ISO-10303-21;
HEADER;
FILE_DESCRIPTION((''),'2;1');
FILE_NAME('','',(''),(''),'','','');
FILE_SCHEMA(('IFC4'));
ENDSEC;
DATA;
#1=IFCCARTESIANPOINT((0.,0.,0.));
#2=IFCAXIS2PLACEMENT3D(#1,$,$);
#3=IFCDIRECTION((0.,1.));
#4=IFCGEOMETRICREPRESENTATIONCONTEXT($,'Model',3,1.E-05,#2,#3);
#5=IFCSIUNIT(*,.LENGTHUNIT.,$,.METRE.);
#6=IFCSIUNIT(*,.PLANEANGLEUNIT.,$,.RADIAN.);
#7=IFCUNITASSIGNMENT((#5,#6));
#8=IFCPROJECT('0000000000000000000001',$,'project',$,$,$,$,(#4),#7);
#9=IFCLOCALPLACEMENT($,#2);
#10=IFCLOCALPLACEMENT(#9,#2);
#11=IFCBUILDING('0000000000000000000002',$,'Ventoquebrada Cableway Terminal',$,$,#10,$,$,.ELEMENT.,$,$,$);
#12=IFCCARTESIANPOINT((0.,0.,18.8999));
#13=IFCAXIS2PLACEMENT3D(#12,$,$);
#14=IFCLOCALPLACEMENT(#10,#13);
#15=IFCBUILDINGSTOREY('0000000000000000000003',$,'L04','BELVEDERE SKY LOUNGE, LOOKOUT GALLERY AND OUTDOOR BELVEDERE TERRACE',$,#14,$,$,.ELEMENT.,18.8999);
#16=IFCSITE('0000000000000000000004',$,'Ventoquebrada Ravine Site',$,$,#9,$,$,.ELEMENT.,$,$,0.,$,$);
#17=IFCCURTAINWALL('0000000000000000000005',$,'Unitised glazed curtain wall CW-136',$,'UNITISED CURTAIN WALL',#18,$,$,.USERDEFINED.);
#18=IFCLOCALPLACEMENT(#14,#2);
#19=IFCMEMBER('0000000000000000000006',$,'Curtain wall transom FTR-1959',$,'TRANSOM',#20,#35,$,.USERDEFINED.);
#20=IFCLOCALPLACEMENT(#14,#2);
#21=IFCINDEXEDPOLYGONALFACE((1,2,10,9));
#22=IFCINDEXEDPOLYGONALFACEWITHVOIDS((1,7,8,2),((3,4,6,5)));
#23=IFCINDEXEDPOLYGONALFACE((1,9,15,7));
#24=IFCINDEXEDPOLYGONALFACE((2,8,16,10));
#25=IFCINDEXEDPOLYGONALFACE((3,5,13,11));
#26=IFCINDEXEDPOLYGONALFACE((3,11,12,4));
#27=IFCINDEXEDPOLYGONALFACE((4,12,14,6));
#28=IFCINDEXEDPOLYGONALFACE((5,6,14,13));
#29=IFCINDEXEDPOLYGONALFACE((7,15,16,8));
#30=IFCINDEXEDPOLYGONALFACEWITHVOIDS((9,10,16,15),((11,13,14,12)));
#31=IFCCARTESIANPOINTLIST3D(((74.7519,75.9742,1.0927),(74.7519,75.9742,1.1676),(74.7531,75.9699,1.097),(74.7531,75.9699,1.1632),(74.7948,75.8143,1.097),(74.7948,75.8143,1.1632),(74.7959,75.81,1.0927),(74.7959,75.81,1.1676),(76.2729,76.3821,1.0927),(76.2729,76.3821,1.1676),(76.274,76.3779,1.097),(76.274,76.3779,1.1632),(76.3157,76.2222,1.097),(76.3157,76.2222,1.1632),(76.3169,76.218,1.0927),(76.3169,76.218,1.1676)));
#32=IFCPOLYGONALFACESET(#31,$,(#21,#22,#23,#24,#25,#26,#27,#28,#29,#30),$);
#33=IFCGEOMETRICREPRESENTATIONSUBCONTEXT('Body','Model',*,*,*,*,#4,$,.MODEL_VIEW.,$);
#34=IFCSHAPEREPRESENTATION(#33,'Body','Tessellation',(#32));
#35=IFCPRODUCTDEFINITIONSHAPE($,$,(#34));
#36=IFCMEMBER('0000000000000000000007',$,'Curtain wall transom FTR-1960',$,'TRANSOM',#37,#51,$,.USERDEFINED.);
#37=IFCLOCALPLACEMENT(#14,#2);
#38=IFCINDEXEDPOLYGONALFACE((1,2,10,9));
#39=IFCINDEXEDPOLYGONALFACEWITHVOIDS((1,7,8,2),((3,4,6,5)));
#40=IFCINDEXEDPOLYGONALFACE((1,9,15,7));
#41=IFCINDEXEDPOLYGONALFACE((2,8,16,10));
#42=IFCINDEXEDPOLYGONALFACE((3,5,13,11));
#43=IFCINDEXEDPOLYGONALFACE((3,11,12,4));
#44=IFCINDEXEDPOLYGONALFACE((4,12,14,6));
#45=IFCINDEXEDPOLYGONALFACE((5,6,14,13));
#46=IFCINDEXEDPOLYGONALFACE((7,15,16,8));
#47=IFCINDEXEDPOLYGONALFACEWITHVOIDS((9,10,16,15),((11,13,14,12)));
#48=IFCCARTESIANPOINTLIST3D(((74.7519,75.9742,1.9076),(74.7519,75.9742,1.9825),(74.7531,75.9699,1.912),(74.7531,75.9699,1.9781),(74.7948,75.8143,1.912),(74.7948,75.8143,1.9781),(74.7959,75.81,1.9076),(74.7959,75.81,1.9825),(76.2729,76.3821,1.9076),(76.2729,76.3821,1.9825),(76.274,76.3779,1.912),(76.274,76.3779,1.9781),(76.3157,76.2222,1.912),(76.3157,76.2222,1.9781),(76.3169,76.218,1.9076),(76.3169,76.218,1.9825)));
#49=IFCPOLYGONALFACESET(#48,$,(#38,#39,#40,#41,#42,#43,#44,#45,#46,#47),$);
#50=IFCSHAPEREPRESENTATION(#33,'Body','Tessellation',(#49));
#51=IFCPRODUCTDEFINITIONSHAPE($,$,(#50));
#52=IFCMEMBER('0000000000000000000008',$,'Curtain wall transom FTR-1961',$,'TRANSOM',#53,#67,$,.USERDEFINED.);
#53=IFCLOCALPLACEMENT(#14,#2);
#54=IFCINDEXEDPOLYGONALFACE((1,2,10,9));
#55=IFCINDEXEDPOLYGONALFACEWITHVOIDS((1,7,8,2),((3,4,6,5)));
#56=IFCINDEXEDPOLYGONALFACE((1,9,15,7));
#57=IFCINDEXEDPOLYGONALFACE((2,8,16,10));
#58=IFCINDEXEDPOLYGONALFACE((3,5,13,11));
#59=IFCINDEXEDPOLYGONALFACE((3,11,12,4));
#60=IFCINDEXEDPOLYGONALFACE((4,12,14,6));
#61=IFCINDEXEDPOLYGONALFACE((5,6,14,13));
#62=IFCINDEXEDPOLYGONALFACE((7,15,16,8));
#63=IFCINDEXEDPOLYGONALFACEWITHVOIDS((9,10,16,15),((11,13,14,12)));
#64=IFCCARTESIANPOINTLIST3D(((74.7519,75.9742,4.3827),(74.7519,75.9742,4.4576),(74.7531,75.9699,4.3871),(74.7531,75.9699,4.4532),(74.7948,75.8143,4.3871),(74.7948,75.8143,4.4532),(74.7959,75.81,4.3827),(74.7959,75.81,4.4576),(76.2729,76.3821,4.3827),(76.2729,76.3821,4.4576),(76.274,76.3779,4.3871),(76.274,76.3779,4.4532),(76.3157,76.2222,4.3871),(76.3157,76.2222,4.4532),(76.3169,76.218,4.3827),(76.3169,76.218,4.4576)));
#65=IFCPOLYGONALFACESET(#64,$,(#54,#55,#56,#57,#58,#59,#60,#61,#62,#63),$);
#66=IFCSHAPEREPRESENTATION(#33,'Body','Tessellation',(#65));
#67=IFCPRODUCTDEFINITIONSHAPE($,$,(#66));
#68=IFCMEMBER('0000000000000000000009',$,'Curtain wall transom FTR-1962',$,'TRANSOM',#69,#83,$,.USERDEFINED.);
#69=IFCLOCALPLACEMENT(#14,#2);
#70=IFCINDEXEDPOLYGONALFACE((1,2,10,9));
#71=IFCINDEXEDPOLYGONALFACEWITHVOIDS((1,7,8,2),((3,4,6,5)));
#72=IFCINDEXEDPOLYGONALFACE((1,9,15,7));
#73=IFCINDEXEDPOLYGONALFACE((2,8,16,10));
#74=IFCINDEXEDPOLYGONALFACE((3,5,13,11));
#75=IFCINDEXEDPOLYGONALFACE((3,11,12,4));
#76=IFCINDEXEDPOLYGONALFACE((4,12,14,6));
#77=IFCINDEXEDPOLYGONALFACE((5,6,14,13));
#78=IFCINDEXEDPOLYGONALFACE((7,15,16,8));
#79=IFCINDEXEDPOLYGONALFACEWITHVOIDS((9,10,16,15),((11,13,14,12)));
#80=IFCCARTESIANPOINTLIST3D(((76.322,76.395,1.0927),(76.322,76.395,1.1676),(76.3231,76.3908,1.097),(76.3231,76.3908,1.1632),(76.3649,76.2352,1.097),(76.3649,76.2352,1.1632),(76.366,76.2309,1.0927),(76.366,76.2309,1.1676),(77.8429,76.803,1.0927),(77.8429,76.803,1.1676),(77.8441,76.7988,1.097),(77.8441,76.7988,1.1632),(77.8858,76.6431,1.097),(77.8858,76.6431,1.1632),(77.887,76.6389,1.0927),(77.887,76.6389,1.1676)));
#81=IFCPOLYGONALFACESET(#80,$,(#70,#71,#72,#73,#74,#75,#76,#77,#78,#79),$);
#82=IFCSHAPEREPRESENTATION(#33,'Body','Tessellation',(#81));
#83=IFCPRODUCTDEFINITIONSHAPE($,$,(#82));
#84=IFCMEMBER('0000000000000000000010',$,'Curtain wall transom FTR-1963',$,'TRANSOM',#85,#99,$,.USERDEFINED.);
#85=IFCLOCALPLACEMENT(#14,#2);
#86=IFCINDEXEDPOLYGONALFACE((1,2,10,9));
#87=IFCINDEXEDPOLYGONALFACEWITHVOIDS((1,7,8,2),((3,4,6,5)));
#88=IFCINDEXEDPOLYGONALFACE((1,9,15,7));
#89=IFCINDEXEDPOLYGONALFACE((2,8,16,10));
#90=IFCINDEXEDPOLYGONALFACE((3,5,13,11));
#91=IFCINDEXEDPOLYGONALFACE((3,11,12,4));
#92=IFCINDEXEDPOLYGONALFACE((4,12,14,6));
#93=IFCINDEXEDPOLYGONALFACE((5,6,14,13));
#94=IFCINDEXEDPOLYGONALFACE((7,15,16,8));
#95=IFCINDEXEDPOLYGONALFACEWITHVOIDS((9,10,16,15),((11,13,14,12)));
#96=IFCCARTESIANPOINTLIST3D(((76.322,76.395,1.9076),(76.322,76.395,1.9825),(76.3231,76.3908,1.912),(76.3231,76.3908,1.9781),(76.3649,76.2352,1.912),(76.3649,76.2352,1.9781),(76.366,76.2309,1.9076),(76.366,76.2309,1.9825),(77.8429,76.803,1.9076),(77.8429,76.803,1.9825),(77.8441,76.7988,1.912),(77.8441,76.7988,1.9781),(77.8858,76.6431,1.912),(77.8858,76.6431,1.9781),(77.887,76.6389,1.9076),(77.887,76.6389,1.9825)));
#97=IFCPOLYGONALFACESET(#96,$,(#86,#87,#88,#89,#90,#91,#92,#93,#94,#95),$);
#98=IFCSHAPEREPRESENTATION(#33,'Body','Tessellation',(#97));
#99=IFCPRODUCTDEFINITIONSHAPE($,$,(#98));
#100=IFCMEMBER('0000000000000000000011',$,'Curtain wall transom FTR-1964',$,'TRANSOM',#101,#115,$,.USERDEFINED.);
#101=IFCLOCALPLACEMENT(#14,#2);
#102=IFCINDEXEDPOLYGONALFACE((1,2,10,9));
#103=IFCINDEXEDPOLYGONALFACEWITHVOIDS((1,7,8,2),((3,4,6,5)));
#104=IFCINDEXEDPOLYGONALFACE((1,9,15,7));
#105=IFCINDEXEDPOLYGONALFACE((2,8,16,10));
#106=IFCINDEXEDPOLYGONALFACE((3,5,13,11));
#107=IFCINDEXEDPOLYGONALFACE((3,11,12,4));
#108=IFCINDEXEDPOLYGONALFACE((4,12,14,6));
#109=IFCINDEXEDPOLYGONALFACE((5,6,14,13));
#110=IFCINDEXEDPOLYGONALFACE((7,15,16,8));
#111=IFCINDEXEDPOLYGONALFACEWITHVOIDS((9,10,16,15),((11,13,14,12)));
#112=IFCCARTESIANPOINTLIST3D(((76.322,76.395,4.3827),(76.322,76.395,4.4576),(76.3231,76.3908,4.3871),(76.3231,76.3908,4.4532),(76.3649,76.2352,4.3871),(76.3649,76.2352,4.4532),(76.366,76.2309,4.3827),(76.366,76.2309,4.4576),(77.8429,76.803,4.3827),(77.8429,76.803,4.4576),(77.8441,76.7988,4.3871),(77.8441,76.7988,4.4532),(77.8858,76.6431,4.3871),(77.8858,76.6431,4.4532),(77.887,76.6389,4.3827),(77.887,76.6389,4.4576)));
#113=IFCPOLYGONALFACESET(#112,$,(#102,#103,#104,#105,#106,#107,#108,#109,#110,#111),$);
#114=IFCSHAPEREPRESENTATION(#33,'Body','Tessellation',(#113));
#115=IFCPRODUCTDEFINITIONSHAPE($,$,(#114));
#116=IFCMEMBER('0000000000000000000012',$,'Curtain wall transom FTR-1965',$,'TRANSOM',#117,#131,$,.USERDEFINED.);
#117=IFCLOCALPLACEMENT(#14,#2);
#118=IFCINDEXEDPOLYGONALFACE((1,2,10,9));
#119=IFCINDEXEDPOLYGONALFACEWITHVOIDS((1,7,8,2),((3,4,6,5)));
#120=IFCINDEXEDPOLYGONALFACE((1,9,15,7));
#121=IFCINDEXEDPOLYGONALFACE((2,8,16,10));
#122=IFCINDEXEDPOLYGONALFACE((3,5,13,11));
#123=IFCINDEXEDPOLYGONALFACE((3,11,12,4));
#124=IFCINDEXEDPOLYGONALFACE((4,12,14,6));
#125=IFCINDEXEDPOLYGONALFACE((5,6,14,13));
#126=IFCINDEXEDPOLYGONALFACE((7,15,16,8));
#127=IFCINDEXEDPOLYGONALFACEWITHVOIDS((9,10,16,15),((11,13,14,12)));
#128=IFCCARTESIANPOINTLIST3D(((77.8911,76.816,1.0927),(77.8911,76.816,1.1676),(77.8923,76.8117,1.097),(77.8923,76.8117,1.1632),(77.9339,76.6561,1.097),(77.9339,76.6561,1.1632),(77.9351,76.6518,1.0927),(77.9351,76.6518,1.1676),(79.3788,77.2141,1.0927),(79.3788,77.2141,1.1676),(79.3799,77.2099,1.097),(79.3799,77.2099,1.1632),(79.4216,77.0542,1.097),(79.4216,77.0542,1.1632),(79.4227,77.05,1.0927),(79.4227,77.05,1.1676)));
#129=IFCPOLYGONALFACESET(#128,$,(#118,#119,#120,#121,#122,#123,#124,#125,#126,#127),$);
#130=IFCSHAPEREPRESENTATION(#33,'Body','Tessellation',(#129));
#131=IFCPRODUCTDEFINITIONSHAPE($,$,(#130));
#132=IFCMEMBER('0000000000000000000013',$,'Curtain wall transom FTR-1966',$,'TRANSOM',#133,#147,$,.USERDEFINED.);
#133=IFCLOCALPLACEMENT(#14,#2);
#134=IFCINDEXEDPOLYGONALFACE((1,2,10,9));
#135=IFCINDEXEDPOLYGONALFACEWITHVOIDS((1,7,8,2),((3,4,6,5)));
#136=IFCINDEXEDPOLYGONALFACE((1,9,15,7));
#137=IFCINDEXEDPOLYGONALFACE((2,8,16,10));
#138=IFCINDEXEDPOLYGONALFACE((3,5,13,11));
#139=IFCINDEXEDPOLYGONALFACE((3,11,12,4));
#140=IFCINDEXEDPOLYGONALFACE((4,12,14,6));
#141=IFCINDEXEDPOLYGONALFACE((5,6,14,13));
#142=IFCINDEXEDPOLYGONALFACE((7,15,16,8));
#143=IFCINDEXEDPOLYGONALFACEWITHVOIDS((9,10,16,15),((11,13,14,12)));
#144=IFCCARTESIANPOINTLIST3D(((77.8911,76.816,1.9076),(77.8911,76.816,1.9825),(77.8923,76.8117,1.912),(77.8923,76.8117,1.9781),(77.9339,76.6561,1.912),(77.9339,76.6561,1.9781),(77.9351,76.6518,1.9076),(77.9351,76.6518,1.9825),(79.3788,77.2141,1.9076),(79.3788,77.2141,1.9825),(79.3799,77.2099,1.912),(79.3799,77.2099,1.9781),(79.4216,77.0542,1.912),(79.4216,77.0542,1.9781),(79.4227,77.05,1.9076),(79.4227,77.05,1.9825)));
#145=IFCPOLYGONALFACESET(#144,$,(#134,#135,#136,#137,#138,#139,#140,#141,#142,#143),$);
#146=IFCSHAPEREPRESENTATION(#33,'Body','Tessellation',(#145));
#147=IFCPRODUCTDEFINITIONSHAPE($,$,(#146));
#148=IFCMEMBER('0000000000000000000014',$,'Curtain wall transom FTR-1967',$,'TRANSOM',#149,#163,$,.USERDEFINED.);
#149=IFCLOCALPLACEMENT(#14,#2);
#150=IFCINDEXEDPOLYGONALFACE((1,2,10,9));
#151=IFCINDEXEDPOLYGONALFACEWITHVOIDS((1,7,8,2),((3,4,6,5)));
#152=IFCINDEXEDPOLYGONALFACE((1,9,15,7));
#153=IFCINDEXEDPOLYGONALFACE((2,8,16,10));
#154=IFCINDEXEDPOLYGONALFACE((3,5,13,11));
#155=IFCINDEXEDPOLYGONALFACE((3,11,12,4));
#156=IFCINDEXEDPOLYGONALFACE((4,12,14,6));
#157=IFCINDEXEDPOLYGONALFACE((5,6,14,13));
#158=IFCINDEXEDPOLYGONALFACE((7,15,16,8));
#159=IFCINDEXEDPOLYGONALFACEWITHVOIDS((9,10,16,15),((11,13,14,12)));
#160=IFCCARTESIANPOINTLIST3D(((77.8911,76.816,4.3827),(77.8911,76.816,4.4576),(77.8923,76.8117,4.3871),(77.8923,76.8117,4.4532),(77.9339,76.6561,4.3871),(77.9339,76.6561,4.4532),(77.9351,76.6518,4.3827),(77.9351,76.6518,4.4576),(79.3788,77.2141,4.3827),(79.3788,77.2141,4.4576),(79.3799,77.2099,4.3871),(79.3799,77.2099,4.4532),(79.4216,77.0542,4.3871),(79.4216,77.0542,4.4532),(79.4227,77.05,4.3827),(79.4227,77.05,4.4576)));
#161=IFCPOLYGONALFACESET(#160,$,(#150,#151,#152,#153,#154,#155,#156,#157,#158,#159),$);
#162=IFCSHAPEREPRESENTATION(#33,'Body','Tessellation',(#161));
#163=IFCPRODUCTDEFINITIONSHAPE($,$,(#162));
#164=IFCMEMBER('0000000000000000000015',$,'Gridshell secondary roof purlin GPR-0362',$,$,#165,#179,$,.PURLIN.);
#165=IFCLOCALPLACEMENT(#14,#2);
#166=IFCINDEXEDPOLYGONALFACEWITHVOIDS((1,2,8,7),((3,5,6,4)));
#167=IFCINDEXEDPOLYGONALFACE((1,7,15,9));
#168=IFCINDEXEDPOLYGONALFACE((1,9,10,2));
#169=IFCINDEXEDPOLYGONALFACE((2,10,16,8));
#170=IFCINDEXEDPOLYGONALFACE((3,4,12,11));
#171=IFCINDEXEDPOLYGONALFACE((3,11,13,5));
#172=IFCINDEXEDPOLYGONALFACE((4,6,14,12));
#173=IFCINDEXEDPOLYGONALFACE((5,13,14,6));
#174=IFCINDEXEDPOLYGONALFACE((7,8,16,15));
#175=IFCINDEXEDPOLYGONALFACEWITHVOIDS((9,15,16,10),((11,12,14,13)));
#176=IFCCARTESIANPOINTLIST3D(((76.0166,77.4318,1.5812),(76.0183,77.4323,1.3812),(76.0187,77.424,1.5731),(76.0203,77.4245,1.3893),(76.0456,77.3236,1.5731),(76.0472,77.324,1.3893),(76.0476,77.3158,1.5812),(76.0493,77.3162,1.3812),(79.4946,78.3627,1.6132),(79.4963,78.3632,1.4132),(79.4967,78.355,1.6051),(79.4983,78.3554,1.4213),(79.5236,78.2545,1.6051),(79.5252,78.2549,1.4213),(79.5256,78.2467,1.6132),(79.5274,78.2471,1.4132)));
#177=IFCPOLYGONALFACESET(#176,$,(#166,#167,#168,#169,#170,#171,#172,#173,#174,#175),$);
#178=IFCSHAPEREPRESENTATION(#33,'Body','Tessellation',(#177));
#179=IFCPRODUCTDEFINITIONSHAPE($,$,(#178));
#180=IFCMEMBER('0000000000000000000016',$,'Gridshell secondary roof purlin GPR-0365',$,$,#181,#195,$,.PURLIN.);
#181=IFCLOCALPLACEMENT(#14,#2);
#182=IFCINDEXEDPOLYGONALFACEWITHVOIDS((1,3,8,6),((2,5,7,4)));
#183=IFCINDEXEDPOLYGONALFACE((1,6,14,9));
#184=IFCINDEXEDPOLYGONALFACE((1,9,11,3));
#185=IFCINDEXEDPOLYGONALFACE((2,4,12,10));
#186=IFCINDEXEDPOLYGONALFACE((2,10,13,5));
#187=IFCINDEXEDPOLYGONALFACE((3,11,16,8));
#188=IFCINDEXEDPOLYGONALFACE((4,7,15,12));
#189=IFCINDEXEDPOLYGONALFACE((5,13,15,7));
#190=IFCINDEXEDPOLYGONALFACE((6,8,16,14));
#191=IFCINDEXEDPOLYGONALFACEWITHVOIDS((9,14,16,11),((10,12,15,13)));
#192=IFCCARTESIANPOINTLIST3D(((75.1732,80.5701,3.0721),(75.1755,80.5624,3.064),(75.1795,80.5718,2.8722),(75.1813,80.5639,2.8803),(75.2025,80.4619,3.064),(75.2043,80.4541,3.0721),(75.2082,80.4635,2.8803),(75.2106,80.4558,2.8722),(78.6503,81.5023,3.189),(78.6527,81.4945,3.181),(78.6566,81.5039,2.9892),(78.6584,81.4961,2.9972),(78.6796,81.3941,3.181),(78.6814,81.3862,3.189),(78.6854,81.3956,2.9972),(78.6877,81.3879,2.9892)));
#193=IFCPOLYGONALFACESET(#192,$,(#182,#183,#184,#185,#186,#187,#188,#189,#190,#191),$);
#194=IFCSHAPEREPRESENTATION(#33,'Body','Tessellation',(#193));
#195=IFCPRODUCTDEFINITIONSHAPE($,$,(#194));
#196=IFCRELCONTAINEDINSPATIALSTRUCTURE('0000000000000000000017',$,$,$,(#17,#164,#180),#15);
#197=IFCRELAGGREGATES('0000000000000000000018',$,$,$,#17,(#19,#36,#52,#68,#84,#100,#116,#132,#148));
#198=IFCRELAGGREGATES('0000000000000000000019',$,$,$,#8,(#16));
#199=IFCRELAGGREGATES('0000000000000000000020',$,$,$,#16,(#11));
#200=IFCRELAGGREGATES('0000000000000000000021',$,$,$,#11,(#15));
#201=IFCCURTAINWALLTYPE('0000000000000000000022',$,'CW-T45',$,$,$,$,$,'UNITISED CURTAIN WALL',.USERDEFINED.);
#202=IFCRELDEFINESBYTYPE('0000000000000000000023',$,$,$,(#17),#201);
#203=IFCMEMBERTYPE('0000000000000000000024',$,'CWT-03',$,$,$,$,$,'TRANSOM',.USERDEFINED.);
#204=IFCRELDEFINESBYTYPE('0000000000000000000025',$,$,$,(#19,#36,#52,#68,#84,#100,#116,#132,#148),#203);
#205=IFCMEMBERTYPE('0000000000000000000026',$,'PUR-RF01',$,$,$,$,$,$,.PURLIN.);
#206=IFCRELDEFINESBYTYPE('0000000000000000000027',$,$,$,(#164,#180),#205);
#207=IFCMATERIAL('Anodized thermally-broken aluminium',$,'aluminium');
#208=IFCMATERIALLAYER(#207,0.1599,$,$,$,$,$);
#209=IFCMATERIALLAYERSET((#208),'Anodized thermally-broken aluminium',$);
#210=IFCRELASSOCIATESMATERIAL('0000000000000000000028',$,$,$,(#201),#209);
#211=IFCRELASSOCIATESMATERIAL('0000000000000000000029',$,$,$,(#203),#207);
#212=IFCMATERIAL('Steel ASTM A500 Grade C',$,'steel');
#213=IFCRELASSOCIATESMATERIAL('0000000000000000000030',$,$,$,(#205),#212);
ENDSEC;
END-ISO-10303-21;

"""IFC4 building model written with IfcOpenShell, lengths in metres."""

from ifc_helpers import new_model, si_unit, direction, frame, origin, origin_2d, place, context, subcontext, project, spatial, hollow_rectangle, extrude, material, layer, layer_set, material_profile, profile_set, type_object, element, aggregate, save


model = new_model("IFC4")

# Units and contexts
model_context = context("Model", 3, precision=1e-05, world=origin(), true_north=direction((0.0, 1.0)))
body_context = subcontext(model_context, "Body", "Model", "MODEL_VIEW")
ifc_project = project(units=[si_unit("LENGTHUNIT", "METRE"), si_unit("PLANEANGLEUNIT", "RADIAN")], contexts=[model_context])

# Site, building, storey
site_placement = place(None, origin())
site = spatial("IfcSite", under=ifc_project, at=site_placement, Name="Ventoquebrada Ravine Site", CompositionType="ELEMENT", RefElevation=0.0)
building_placement = place(site_placement, origin())
building = spatial("IfcBuilding", under=site, at=building_placement, Name="Ventoquebrada Cableway Terminal", CompositionType="ELEMENT")
storey_placement = place(building_placement, frame((0.0, 0.0, 18.8999)))
storey = spatial("IfcBuildingStorey", under=building, at=storey_placement, Name="L04", Description="BELVEDERE SKY LOUNGE, LOOKOUT GALLERY AND OUTDOOR BELVEDERE TERRACE", CompositionType="ELEMENT", Elevation=18.8999)

# Shared definitions
ifc_material_1 = material(Name="Steel ASTM A500 Grade C", Category="steel")

# Curtain wall, members
ifc_material_2 = material(Name="Anodized thermally-broken aluminium", Category="aluminium")
ifc_layer_1 = layer(ifc_material_2, 0.1599)
ifc_layer_set_1 = layer_set([ifc_layer_1], Name="Anodized thermally-broken aluminium")
curtain_wall_type = type_object("IfcCurtainWallType", Name="CW-T45", ElementType="UNITISED CURTAIN WALL", PredefinedType="USERDEFINED", material=ifc_layer_set_1)
curtain_wall_placement = place(storey_placement, origin())
curtain_wall = element("IfcCurtainWall", 1, at=curtain_wall_placement, inside=storey, type_object=curtain_wall_type, Name="Unitised glazed curtain wall CW-136", ObjectType="UNITISED CURTAIN WALL", PredefinedType="USERDEFINED")
ifc_material_profile_1 = material_profile(ifc_material_2, hollow_rectangle(XDim=0.075, YDim=0.1699, WallThickness=0.0044, at=origin_2d()), Name="CW-TRN-75X170")
ifc_profile_set_1 = profile_set([ifc_material_profile_1], Name="Anodized thermally-broken aluminium")
member_type_1 = type_object("IfcMemberType", Name="CWT-03", ElementType="TRANSOM", PredefinedType="USERDEFINED", material=ifc_profile_set_1)
member_1_placement = place(storey_placement, frame((74.7739, 75.8921, 1.1301), z_axis=(0.965861, 0.259062, 0.0), x_axis=(0.0, 0.0, 1.0)))
member_1 = element("IfcMember", 2, at=member_1_placement, type_object=member_type_1, Name="Curtain wall transom FTR-1959", ObjectType="TRANSOM", PredefinedType="USERDEFINED", context=body_context, shape_type="SweptSolid", body=[
    extrude(hollow_rectangle(XDim=0.075, YDim=0.1699, WallThickness=0.0044, at=origin_2d()), origin(), (0.0, 0.0, 1.0), 1.5747),
])
member_2_placement = place(storey_placement, frame((74.7739, 75.8921, 1.9451), z_axis=(0.965861, 0.259062, 0.0), x_axis=(0.0, 0.0, 1.0)))
member_2 = element("IfcMember", 3, at=member_2_placement, type_object=member_type_1, Name="Curtain wall transom FTR-1960", ObjectType="TRANSOM", PredefinedType="USERDEFINED", context=body_context, shape_type="SweptSolid", body=[
    extrude(hollow_rectangle(XDim=0.075, YDim=0.1699, WallThickness=0.0044, at=origin_2d()), origin(), (0.0, 0.0, 1.0), 1.5747),
])
member_3_placement = place(storey_placement, frame((74.7739, 75.8921, 4.4202), z_axis=(0.965861, 0.259062, 0.0), x_axis=(0.0, 0.0, 1.0)))
member_3 = element("IfcMember", 4, at=member_3_placement, type_object=member_type_1, Name="Curtain wall transom FTR-1961", ObjectType="TRANSOM", PredefinedType="USERDEFINED", context=body_context, shape_type="SweptSolid", body=[
    extrude(hollow_rectangle(XDim=0.075, YDim=0.1699, WallThickness=0.0044, at=origin_2d()), origin(), (0.0, 0.0, 1.0), 1.5747),
])
member_4_placement = place(storey_placement, frame((76.344, 76.313, 1.1301), z_axis=(0.965861, 0.259062, 0.0), x_axis=(0.0, 0.0, 1.0)))
member_4 = element("IfcMember", 5, at=member_4_placement, type_object=member_type_1, Name="Curtain wall transom FTR-1962", ObjectType="TRANSOM", PredefinedType="USERDEFINED", context=body_context, shape_type="SweptSolid", body=[
    extrude(hollow_rectangle(XDim=0.075, YDim=0.1699, WallThickness=0.0044, at=origin_2d()), origin(), (0.0, 0.0, 1.0), 1.5747),
])
member_5_placement = place(storey_placement, frame((76.344, 76.313, 1.9451), z_axis=(0.965861, 0.259062, 0.0), x_axis=(0.0, 0.0, 1.0)))
member_5 = element("IfcMember", 6, at=member_5_placement, type_object=member_type_1, Name="Curtain wall transom FTR-1963", ObjectType="TRANSOM", PredefinedType="USERDEFINED", context=body_context, shape_type="SweptSolid", body=[
    extrude(hollow_rectangle(XDim=0.075, YDim=0.1699, WallThickness=0.0044, at=origin_2d()), origin(), (0.0, 0.0, 1.0), 1.5747),
])
member_6_placement = place(storey_placement, frame((76.344, 76.313, 4.4202), z_axis=(0.965861, 0.259062, 0.0), x_axis=(0.0, 0.0, 1.0)))
member_6 = element("IfcMember", 7, at=member_6_placement, type_object=member_type_1, Name="Curtain wall transom FTR-1964", ObjectType="TRANSOM", PredefinedType="USERDEFINED", context=body_context, shape_type="SweptSolid", body=[
    extrude(hollow_rectangle(XDim=0.075, YDim=0.1699, WallThickness=0.0044, at=origin_2d()), origin(), (0.0, 0.0, 1.0), 1.5747),
])
member_7_placement = place(storey_placement, frame((77.9131, 76.7339, 1.1301), z_axis=(0.966, 0.258541, 0.0), x_axis=(0.0, 0.0, 1.0)))
member_7 = element("IfcMember", 8, at=member_7_placement, type_object=member_type_1, Name="Curtain wall transom FTR-1965", ObjectType="TRANSOM", PredefinedType="USERDEFINED", context=body_context, shape_type="SweptSolid", body=[
    extrude(hollow_rectangle(XDim=0.075, YDim=0.1699, WallThickness=0.0044, at=origin_2d()), origin(), (0.0, 0.0, 1.0), 1.54),
])
member_8_placement = place(storey_placement, frame((77.9131, 76.7339, 1.9451), z_axis=(0.966, 0.258541, 0.0), x_axis=(0.0, 0.0, 1.0)))
member_8 = element("IfcMember", 9, at=member_8_placement, type_object=member_type_1, Name="Curtain wall transom FTR-1966", ObjectType="TRANSOM", PredefinedType="USERDEFINED", context=body_context, shape_type="SweptSolid", body=[
    extrude(hollow_rectangle(XDim=0.075, YDim=0.1699, WallThickness=0.0044, at=origin_2d()), origin(), (0.0, 0.0, 1.0), 1.54),
])
member_9_placement = place(storey_placement, frame((77.9131, 76.7339, 4.4202), z_axis=(0.966, 0.258541, 0.0), x_axis=(0.0, 0.0, 1.0)))
member_9 = element("IfcMember", 10, at=member_9_placement, type_object=member_type_1, Name="Curtain wall transom FTR-1967", ObjectType="TRANSOM", PredefinedType="USERDEFINED", context=body_context, shape_type="SweptSolid", body=[
    extrude(hollow_rectangle(XDim=0.075, YDim=0.1699, WallThickness=0.0044, at=origin_2d()), origin(), (0.0, 0.0, 1.0), 1.54),
])

# Members
ifc_material_profile_2 = material_profile(ifc_material_1, hollow_rectangle(XDim=0.1201, YDim=0.2, WallThickness=0.0081, at=origin_2d()), Name="RHS200X120X8")
ifc_profile_set_2 = profile_set([ifc_material_profile_2], Name="Steel ASTM A500 Grade C")
member_type_2 = type_object("IfcMemberType", Name="PUR-RF01", PredefinedType="PURLIN", material=ifc_profile_set_2)
member_10_placement = place(storey_placement, frame((76.033, 77.374, 1.4812), z_axis=(0.965959, 0.258543, 0.008883), x_axis=(-0.258553, 0.965997, 0.0)))
element("IfcMember", 11, at=member_10_placement, inside=storey, type_object=member_type_2, Name="Gridshell secondary roof purlin GPR-0362", PredefinedType="PURLIN", context=body_context, shape_type="SweptSolid", body=[
    extrude(hollow_rectangle(XDim=0.1201, YDim=0.2, WallThickness=0.0081, at=origin_2d()), origin(), (0.0, 0.0, 1.0), 3.6006),
])
member_11_placement = place(storey_placement, frame((75.1919, 80.5129, 2.9722), z_axis=(0.965385, 0.258801, 0.032469), x_axis=(-0.258937, 0.965894, 0.0)))
element("IfcMember", 12, at=member_11_placement, inside=storey, type_object=member_type_2, Name="Gridshell secondary roof purlin GPR-0365", PredefinedType="PURLIN", context=body_context, shape_type="SweptSolid", body=[
    extrude(hollow_rectangle(XDim=0.1201, YDim=0.2, WallThickness=0.0081, at=origin_2d()), origin(), (0.0, 0.0, 1.0), 3.6018),
])

aggregate(curtain_wall, [member_1, member_2, member_3, member_4, member_5, member_6, member_7, member_8, member_9])

save(model, "model.ifc")
